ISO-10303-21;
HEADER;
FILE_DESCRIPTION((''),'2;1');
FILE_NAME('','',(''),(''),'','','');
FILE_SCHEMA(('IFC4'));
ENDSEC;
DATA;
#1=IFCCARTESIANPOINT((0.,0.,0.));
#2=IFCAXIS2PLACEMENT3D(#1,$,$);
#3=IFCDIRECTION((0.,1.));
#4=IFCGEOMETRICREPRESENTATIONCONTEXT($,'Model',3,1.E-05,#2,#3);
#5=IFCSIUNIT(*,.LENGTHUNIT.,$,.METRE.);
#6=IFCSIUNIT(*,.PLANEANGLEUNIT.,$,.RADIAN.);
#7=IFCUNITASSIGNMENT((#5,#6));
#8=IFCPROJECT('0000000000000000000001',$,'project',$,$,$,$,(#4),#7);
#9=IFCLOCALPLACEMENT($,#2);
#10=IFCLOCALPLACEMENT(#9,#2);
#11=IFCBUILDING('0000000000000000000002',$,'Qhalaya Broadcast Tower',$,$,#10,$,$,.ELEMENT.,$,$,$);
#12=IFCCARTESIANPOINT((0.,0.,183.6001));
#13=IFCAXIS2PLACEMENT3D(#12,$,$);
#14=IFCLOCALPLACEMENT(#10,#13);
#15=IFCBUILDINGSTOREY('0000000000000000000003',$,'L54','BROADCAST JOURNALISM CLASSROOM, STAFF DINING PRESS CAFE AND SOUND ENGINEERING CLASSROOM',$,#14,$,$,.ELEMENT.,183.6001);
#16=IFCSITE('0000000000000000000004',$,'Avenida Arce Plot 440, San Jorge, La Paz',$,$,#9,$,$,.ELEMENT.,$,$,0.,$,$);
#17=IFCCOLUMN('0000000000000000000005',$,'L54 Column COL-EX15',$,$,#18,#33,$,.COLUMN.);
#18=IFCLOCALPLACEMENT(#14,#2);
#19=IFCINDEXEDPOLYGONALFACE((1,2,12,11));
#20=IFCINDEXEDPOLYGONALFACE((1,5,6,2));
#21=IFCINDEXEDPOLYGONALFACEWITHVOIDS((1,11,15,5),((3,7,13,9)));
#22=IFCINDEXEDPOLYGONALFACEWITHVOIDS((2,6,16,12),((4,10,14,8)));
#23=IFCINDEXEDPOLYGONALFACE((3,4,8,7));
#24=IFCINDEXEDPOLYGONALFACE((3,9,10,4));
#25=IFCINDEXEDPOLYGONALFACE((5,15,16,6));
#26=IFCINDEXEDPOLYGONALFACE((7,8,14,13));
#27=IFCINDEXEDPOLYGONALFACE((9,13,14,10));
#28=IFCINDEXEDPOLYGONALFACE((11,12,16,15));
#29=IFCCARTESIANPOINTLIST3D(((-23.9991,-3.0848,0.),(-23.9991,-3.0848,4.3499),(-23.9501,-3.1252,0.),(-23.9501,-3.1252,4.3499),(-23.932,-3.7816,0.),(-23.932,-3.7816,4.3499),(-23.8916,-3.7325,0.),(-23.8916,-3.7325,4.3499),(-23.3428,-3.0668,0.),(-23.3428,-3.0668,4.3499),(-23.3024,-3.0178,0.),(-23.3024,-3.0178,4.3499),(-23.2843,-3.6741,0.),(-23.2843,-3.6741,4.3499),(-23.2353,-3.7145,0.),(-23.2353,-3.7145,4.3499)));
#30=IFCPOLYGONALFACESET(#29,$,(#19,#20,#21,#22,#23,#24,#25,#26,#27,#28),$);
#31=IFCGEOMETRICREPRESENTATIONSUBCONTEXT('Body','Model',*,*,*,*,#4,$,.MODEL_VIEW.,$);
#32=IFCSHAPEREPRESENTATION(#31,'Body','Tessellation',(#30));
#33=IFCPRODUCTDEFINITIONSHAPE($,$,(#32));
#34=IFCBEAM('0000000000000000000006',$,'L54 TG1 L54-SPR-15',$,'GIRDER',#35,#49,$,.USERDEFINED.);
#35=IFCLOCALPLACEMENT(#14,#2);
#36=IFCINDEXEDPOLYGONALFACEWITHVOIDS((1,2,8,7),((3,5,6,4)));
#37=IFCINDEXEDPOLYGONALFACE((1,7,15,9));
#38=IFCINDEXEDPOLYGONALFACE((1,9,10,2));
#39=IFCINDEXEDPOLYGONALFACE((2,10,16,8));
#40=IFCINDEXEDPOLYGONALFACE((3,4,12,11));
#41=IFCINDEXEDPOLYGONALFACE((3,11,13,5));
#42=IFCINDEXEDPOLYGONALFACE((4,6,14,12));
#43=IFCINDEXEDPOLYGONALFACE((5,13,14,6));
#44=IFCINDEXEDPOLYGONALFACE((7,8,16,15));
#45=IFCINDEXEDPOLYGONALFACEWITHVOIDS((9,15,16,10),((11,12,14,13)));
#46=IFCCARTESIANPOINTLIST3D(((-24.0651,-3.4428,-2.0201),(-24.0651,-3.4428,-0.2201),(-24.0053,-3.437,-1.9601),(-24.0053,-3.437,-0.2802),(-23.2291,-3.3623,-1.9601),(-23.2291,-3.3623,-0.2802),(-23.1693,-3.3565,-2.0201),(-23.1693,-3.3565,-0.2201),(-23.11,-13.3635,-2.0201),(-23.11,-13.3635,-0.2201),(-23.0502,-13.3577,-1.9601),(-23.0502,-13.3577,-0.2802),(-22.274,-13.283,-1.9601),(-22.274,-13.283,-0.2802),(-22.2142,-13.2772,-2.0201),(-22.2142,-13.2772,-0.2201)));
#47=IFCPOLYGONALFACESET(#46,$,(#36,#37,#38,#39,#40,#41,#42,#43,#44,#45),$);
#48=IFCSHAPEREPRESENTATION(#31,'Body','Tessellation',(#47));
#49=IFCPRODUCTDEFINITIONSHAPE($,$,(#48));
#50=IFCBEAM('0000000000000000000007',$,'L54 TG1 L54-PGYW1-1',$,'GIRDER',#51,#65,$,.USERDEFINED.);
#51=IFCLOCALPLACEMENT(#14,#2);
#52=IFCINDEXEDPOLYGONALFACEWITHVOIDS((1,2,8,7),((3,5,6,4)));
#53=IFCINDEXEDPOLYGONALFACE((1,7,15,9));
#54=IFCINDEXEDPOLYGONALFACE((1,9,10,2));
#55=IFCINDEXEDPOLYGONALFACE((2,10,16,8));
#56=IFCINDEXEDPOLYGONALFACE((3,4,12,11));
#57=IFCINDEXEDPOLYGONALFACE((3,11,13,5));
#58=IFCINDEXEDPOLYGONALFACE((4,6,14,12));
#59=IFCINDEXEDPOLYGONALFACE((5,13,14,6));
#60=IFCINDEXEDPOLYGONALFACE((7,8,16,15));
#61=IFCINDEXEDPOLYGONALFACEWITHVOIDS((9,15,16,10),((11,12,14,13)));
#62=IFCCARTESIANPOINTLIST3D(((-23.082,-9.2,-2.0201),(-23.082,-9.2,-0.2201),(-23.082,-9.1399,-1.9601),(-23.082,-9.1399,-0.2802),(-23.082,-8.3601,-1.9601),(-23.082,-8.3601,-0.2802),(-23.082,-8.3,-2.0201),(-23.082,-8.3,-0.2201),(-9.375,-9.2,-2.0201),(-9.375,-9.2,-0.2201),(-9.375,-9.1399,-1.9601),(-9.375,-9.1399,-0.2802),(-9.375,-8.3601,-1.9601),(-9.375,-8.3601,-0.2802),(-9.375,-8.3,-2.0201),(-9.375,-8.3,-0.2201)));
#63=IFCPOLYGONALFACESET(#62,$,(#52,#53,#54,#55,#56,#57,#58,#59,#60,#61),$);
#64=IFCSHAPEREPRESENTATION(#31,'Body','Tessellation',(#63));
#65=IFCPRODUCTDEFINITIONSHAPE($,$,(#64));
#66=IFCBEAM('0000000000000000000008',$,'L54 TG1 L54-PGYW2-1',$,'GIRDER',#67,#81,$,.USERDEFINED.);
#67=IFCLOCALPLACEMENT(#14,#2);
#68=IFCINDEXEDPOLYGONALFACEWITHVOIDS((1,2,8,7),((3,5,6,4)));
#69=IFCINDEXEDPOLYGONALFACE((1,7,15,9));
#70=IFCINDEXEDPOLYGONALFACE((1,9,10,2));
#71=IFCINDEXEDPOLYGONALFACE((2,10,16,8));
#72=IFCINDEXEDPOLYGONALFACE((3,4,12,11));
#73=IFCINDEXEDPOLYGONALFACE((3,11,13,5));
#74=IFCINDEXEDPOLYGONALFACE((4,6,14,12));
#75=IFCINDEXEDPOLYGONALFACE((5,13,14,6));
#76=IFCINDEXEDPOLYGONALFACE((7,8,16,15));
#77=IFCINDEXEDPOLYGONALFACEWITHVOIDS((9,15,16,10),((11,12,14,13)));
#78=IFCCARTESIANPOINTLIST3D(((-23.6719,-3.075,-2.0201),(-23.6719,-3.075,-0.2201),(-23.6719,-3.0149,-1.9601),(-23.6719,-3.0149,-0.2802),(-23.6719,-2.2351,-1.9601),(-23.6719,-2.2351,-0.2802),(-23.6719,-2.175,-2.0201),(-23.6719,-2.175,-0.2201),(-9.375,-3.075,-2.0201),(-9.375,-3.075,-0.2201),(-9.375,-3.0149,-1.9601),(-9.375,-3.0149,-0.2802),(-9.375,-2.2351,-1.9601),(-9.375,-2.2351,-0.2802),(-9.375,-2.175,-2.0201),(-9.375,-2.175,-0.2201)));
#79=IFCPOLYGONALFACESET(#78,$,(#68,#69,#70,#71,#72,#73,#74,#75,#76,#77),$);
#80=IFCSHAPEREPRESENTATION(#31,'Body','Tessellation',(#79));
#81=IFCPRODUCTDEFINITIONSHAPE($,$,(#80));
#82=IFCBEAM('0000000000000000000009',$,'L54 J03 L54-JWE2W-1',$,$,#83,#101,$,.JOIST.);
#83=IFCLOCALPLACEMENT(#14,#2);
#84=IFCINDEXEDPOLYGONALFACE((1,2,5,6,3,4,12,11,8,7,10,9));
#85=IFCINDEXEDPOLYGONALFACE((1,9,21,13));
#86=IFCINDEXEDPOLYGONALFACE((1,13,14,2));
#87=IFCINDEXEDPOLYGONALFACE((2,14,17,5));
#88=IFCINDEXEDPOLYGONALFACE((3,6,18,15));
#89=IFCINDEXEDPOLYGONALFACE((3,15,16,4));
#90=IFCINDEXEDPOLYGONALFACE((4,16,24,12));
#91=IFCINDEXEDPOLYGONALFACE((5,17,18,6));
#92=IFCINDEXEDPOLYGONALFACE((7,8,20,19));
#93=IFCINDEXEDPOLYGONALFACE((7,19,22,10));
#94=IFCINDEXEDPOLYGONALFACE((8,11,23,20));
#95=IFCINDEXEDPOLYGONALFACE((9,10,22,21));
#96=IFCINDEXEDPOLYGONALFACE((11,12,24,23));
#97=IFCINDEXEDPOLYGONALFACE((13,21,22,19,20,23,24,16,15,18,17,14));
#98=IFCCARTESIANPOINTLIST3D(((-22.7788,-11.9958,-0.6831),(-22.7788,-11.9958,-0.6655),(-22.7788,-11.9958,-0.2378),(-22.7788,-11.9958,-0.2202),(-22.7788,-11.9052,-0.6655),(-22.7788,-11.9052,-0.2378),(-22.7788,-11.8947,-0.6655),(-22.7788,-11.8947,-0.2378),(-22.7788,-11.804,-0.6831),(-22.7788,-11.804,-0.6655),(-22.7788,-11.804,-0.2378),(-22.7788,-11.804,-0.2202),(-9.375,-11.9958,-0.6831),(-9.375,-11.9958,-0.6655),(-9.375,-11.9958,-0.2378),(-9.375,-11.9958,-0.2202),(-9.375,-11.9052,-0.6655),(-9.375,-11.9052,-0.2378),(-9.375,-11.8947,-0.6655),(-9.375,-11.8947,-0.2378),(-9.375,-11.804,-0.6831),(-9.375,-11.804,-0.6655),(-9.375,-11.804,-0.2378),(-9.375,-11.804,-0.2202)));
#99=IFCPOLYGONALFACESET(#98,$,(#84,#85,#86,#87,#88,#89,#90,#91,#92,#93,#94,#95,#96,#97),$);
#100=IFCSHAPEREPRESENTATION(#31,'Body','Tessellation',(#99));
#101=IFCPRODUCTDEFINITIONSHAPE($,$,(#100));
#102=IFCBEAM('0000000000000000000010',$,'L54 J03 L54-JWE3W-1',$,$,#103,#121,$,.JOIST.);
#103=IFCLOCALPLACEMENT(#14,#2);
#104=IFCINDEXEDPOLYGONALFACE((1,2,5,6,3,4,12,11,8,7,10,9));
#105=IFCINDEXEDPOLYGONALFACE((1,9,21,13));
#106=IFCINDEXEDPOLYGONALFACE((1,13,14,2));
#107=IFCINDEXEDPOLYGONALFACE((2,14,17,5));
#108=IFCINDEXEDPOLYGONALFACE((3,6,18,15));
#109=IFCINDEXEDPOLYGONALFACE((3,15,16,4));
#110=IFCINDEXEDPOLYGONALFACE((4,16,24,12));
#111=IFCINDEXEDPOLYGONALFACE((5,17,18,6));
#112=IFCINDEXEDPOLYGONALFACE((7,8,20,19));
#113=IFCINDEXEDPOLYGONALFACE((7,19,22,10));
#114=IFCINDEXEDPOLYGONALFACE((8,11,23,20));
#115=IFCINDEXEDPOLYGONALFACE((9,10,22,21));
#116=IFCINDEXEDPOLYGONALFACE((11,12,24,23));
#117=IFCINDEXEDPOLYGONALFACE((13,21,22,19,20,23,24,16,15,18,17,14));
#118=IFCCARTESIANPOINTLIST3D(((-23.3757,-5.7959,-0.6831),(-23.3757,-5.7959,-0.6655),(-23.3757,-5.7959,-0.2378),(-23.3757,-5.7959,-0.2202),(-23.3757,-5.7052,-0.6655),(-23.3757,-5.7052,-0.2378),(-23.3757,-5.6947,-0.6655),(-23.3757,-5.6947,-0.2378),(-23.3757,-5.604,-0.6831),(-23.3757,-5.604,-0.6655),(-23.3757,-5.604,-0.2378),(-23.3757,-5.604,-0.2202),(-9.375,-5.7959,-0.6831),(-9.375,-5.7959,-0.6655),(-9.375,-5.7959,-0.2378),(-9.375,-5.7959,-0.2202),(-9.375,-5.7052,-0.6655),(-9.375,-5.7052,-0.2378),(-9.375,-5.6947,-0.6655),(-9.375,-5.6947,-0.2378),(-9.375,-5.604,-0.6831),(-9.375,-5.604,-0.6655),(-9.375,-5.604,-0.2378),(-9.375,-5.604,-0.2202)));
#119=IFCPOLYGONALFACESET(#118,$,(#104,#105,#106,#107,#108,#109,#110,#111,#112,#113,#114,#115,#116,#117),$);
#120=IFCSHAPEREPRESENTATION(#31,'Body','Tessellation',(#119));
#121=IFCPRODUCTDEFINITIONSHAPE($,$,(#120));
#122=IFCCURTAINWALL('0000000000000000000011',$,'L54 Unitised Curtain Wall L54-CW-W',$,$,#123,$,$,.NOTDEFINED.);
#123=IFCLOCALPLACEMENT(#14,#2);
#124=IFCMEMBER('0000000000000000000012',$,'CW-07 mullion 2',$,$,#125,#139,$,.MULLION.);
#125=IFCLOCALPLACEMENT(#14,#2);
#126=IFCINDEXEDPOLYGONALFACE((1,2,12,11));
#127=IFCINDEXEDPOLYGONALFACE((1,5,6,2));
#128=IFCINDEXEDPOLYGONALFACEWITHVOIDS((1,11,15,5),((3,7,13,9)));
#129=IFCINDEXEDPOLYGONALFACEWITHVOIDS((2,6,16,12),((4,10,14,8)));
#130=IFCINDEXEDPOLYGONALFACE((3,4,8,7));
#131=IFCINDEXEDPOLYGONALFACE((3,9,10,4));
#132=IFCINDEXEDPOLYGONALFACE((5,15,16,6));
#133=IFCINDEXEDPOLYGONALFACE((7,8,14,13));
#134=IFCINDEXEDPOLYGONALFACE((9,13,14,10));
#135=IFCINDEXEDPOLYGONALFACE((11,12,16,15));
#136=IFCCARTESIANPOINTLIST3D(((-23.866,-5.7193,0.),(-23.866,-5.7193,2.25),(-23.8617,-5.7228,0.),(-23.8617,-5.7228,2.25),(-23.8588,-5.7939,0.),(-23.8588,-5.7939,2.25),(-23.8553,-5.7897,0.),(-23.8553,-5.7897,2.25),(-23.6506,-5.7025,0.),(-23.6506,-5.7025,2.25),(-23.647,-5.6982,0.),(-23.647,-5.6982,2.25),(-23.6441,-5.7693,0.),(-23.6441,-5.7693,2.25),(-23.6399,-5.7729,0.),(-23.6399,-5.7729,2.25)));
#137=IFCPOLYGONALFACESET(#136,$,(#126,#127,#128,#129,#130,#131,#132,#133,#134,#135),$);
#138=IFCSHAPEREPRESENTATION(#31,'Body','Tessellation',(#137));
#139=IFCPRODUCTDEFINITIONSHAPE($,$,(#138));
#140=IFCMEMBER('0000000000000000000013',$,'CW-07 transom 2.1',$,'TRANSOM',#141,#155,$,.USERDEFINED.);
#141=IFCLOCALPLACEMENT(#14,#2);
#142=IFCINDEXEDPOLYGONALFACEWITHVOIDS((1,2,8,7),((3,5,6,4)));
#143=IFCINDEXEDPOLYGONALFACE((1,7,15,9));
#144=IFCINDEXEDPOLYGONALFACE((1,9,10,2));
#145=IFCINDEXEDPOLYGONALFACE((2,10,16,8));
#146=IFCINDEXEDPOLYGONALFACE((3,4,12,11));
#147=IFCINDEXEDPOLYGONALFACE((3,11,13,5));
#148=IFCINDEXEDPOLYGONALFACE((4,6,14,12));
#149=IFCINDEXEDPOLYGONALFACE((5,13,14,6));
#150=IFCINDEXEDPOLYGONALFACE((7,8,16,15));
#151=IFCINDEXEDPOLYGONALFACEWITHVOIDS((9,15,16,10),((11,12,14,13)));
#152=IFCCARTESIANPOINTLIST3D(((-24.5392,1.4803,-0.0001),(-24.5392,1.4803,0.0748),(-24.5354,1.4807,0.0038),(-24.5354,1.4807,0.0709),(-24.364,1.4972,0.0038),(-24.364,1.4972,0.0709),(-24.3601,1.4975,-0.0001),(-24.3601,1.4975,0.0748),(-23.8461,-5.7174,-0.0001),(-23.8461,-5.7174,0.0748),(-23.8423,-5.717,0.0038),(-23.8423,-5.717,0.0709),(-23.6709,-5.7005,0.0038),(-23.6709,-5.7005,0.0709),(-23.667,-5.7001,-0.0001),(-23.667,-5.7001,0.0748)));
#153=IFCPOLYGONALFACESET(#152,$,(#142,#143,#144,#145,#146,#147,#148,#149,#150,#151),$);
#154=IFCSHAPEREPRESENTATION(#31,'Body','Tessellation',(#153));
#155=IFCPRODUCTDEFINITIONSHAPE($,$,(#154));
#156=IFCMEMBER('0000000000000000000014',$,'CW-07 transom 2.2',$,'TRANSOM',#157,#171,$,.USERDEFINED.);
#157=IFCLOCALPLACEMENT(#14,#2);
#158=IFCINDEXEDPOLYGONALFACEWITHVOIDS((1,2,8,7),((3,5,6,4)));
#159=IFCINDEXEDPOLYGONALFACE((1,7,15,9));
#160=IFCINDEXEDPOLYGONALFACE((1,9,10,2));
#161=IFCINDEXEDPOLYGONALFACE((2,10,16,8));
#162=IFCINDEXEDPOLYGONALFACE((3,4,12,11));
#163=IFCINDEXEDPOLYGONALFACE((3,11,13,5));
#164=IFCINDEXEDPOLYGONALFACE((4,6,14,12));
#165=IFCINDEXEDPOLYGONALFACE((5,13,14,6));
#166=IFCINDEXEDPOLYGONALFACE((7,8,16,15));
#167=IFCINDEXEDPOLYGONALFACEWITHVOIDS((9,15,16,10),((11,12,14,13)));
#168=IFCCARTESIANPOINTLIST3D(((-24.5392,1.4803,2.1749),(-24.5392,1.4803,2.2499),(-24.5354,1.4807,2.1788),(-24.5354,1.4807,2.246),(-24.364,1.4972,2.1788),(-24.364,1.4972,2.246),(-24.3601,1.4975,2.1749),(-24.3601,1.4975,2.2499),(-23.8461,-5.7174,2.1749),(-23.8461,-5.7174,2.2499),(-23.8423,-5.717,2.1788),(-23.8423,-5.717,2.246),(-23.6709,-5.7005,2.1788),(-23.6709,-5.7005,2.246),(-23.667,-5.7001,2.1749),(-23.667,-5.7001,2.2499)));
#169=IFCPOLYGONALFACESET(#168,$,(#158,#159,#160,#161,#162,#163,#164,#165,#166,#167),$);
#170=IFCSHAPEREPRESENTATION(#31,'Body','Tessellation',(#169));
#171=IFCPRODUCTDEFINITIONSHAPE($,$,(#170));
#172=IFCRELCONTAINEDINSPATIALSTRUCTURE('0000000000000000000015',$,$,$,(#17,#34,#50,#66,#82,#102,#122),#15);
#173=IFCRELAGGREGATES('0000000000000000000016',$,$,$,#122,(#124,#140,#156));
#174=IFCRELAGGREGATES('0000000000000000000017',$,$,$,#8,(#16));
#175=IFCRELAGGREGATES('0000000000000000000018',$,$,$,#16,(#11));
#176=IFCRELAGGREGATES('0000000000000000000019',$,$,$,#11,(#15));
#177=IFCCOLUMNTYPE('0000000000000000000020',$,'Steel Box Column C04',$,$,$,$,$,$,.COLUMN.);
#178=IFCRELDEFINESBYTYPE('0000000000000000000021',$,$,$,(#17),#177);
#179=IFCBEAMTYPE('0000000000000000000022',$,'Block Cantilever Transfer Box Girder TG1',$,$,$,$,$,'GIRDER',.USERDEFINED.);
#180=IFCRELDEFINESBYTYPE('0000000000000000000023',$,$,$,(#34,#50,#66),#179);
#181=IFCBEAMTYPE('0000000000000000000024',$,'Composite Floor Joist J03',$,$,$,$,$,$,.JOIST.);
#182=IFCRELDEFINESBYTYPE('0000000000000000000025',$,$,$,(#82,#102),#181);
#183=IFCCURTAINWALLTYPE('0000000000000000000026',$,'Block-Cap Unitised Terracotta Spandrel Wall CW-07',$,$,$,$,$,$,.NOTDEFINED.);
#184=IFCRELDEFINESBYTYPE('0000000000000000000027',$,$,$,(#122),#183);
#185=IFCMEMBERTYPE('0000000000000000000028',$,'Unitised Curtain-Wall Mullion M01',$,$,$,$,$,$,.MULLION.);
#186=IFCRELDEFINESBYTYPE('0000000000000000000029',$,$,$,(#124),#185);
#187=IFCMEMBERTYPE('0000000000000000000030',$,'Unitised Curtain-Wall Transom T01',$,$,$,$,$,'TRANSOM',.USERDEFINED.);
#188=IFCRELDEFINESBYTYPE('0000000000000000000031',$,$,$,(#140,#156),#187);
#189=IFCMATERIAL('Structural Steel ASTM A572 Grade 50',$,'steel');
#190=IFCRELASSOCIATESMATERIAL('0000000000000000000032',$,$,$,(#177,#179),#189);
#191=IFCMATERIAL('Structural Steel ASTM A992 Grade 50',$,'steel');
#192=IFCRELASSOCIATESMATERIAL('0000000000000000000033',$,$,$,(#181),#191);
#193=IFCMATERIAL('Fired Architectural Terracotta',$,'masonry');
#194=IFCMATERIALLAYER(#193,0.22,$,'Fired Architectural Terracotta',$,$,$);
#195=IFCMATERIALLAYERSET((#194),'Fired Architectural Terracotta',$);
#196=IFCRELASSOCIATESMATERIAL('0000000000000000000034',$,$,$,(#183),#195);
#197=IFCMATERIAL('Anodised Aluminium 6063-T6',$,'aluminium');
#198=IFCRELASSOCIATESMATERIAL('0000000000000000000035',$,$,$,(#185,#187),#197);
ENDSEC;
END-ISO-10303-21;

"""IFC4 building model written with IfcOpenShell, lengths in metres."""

from ifc_helpers import new_model, si_unit, direction, frame, origin, origin_2d, place, context, subcontext, project, spatial, hollow_rectangle, i_section, extrude, material, layer, layer_set, material_profile, profile_set, type_object, element, aggregate, save


model = new_model("IFC4")

# Units and contexts
model_context = context("Model", 3, precision=1e-05, world=origin(), true_north=direction((0.0, 1.0)))
body_context = subcontext(model_context, "Body", "Model", "MODEL_VIEW")
ifc_project = project(units=[si_unit("LENGTHUNIT", "METRE"), si_unit("PLANEANGLEUNIT", "RADIAN")], contexts=[model_context])

# Site, building, storey
site_placement = place(None, origin())
site = spatial("IfcSite", under=ifc_project, at=site_placement, Name="Avenida Arce Plot 440, San Jorge, La Paz", CompositionType="ELEMENT", RefElevation=0.0)
building_placement = place(site_placement, origin())
building = spatial("IfcBuilding", under=site, at=building_placement, Name="Qhalaya Broadcast Tower", CompositionType="ELEMENT")
storey_placement = place(building_placement, frame((0.0, 0.0, 183.6001)))
storey = spatial("IfcBuildingStorey", under=building, at=storey_placement, Name="L54", Description="BROADCAST JOURNALISM CLASSROOM, STAFF DINING PRESS CAFE AND SOUND ENGINEERING CLASSROOM", CompositionType="ELEMENT", Elevation=183.6001)

# Column
ifc_material_1 = material(Name="Structural Steel ASTM A572 Grade 50", Category="steel")
ifc_material_profile_1 = material_profile(ifc_material_1, hollow_rectangle(XDim=0.7, YDim=0.7, WallThickness=0.0449, at=origin_2d()), Name="BOX 700x700x45")
ifc_profile_set_1 = profile_set([ifc_material_profile_1], Name="Structural Steel ASTM A572 Grade 50")
column_type = type_object("IfcColumnType", Name="Steel Box Column C04", PredefinedType="COLUMN", material=ifc_profile_set_1)
column_placement = place(storey_placement, frame((-23.6172, -3.3997, 0.0), z_axis=(0.0, 0.0, 1.0), x_axis=(-0.095846, 0.995396, 0.0)))
element("IfcColumn", 1, at=column_placement, inside=storey, type_object=column_type, Name="L54 Column COL-EX15", PredefinedType="COLUMN", context=body_context, shape_type="SweptSolid", body=[
    extrude(hollow_rectangle(XDim=0.7, YDim=0.7, WallThickness=0.0449, at=origin_2d()), origin(), (0.0, 0.0, 1.0), 4.3499),
])

# Beams
ifc_material_profile_2 = material_profile(ifc_material_1, hollow_rectangle(XDim=0.8999, YDim=1.8, WallThickness=0.0601, at=origin_2d()), Name="BOX 900x1800x60")
ifc_profile_set_2 = profile_set([ifc_material_profile_2], Name="Structural Steel ASTM A572 Grade 50")
beam_type_1 = type_object("IfcBeamType", Name="Block Cantilever Transfer Box Girder TG1", ElementType="GIRDER", PredefinedType="USERDEFINED", material=ifc_profile_set_2)
beam_1_placement = place(storey_placement, frame((-23.6172, -3.3997, -1.1201), z_axis=(0.095829, -0.995398, 0.0), x_axis=(0.995398, 0.095829, 0.0)))
element("IfcBeam", 2, at=beam_1_placement, inside=storey, type_object=beam_type_1, Name="L54 TG1 L54-SPR-15", ObjectType="GIRDER", PredefinedType="USERDEFINED", context=body_context, shape_type="SweptSolid", body=[
    extrude(hollow_rectangle(XDim=0.8999, YDim=1.8, WallThickness=0.0601, at=origin_2d()), origin(), (0.0, 0.0, 1.0), 9.9666),
])
beam_2_placement = place(storey_placement, frame((-23.082, -8.75, -1.1201), z_axis=(1.0, 0.0, 0.0), x_axis=(0.0, 1.0, 0.0)))
element("IfcBeam", 3, at=beam_2_placement, inside=storey, type_object=beam_type_1, Name="L54 TG1 L54-PGYW1-1", ObjectType="GIRDER", PredefinedType="USERDEFINED", context=body_context, shape_type="SweptSolid", body=[
    extrude(hollow_rectangle(XDim=0.8999, YDim=1.8, WallThickness=0.0601, at=origin_2d()), origin(), (0.0, 0.0, 1.0), 13.707),
])
beam_3_placement = place(storey_placement, frame((-23.6719, -2.625, -1.1201), z_axis=(1.0, 0.0, 0.0), x_axis=(0.0, 1.0, 0.0)))
element("IfcBeam", 4, at=beam_3_placement, inside=storey, type_object=beam_type_1, Name="L54 TG1 L54-PGYW2-1", ObjectType="GIRDER", PredefinedType="USERDEFINED", context=body_context, shape_type="SweptSolid", body=[
    extrude(hollow_rectangle(XDim=0.8999, YDim=1.8, WallThickness=0.0601, at=origin_2d()), origin(), (0.0, 0.0, 1.0), 14.2969),
])
ifc_material_2 = material(Name="Structural Steel ASTM A992 Grade 50", Category="steel")
ifc_material_profile_3 = material_profile(ifc_material_2, i_section(OverallWidth=0.1919, OverallDepth=0.4629, WebThickness=0.0105, FlangeThickness=0.0176, at=origin_2d()), Name="W18X60")
ifc_profile_set_3 = profile_set([ifc_material_profile_3], Name="Structural Steel ASTM A992 Grade 50")
beam_type_2 = type_object("IfcBeamType", Name="Composite Floor Joist J03", PredefinedType="JOIST", material=ifc_profile_set_3)
beam_4_placement = place(storey_placement, frame((-22.7788, -11.8999, -0.4517), z_axis=(1.0, 0.0, 0.0), x_axis=(0.0, 1.0, 0.0)))
element("IfcBeam", 5, at=beam_4_placement, inside=storey, type_object=beam_type_2, Name="L54 J03 L54-JWE2W-1", PredefinedType="JOIST", context=body_context, shape_type="SweptSolid", body=[
    extrude(i_section(OverallWidth=0.1919, OverallDepth=0.4629, WebThickness=0.0105, FlangeThickness=0.0176, at=origin_2d()), origin(), (0.0, 0.0, 1.0), 13.4038),
])
beam_5_placement = place(storey_placement, frame((-23.3757, -5.7, -0.4517), z_axis=(1.0, 0.0, 0.0), x_axis=(0.0, 1.0, 0.0)))
element("IfcBeam", 6, at=beam_5_placement, inside=storey, type_object=beam_type_2, Name="L54 J03 L54-JWE3W-1", PredefinedType="JOIST", context=body_context, shape_type="SweptSolid", body=[
    extrude(i_section(OverallWidth=0.1919, OverallDepth=0.4629, WebThickness=0.0105, FlangeThickness=0.0176, at=origin_2d()), origin(), (0.0, 0.0, 1.0), 14.0007),
])

# Curtain wall, members
ifc_material_3 = material(Name="Fired Architectural Terracotta", Category="masonry")
ifc_layer_1 = layer(ifc_material_3, 0.22, Name="Fired Architectural Terracotta")
ifc_layer_set_1 = layer_set([ifc_layer_1], Name="Fired Architectural Terracotta")
curtain_wall_type = type_object("IfcCurtainWallType", Name="Block-Cap Unitised Terracotta Spandrel Wall CW-07", PredefinedType="NOTDEFINED", material=ifc_layer_set_1)
curtain_wall_placement = place(storey_placement, origin())
curtain_wall = element("IfcCurtainWall", 7, at=curtain_wall_placement, inside=storey, type_object=curtain_wall_type, Name="L54 Unitised Curtain Wall L54-CW-W", PredefinedType="NOTDEFINED")
ifc_material_4 = material(Name="Anodised Aluminium 6063-T6", Category="aluminium")
ifc_material_profile_4 = material_profile(ifc_material_4, hollow_rectangle(XDim=0.075, YDim=0.22, WallThickness=0.0039, at=origin_2d()), Name="ALU-MUL 75x220x4")
ifc_profile_set_4 = profile_set([ifc_material_profile_4], Name="Anodised Aluminium 6063-T6")
member_type_1 = type_object("IfcMemberType", Name="Unitised Curtain-Wall Mullion M01", PredefinedType="MULLION", material=ifc_profile_set_4)
member_1_placement = place(storey_placement, frame((-23.7529, -5.7461, 0.0), z_axis=(0.0, 0.0, 1.0), x_axis=(-0.095846, 0.995396, 0.0)))
member_1 = element("IfcMember", 8, at=member_1_placement, type_object=member_type_1, Name="CW-07 mullion 2", PredefinedType="MULLION", context=body_context, shape_type="SweptSolid", body=[
    extrude(hollow_rectangle(XDim=0.075, YDim=0.22, WallThickness=0.0039, at=origin_2d()), origin(), (0.0, 0.0, 1.0), 2.25),
])
ifc_material_profile_5 = material_profile(ifc_material_4, hollow_rectangle(XDim=0.075, YDim=0.1799, WallThickness=0.0039, at=origin_2d()), Name="ALU-TRN 75x180x4")
ifc_profile_set_5 = profile_set([ifc_material_profile_5], Name="Anodised Aluminium 6063-T6")
member_type_2 = type_object("IfcMemberType", Name="Unitised Curtain-Wall Transom T01", ElementType="TRANSOM", PredefinedType="USERDEFINED", material=ifc_profile_set_5)
member_2_placement = place(storey_placement, frame((-23.7566, -5.7087, 0.0374), z_axis=(-0.095853, 0.995396, 0.0), x_axis=(0.0, 0.0, 1.0)))
member_2 = element("IfcMember", 9, at=member_2_placement, type_object=member_type_2, Name="CW-07 transom 2.1", ObjectType="TRANSOM", PredefinedType="USERDEFINED", context=body_context, shape_type="SweptSolid", body=[
    extrude(hollow_rectangle(XDim=0.075, YDim=0.1799, WallThickness=0.0039, at=origin_2d()), origin(), (0.0, 0.0, 1.0), 7.231),
])
member_3_placement = place(storey_placement, frame((-23.7566, -5.7087, 2.2124), z_axis=(-0.095853, 0.995396, 0.0), x_axis=(0.0, 0.0, 1.0)))
member_3 = element("IfcMember", 10, at=member_3_placement, type_object=member_type_2, Name="CW-07 transom 2.2", ObjectType="TRANSOM", PredefinedType="USERDEFINED", context=body_context, shape_type="SweptSolid", body=[
    extrude(hollow_rectangle(XDim=0.075, YDim=0.1799, WallThickness=0.0039, at=origin_2d()), origin(), (0.0, 0.0, 1.0), 7.231),
])

aggregate(curtain_wall, [member_1, member_2, member_3])

save(model, "model.ifc")
